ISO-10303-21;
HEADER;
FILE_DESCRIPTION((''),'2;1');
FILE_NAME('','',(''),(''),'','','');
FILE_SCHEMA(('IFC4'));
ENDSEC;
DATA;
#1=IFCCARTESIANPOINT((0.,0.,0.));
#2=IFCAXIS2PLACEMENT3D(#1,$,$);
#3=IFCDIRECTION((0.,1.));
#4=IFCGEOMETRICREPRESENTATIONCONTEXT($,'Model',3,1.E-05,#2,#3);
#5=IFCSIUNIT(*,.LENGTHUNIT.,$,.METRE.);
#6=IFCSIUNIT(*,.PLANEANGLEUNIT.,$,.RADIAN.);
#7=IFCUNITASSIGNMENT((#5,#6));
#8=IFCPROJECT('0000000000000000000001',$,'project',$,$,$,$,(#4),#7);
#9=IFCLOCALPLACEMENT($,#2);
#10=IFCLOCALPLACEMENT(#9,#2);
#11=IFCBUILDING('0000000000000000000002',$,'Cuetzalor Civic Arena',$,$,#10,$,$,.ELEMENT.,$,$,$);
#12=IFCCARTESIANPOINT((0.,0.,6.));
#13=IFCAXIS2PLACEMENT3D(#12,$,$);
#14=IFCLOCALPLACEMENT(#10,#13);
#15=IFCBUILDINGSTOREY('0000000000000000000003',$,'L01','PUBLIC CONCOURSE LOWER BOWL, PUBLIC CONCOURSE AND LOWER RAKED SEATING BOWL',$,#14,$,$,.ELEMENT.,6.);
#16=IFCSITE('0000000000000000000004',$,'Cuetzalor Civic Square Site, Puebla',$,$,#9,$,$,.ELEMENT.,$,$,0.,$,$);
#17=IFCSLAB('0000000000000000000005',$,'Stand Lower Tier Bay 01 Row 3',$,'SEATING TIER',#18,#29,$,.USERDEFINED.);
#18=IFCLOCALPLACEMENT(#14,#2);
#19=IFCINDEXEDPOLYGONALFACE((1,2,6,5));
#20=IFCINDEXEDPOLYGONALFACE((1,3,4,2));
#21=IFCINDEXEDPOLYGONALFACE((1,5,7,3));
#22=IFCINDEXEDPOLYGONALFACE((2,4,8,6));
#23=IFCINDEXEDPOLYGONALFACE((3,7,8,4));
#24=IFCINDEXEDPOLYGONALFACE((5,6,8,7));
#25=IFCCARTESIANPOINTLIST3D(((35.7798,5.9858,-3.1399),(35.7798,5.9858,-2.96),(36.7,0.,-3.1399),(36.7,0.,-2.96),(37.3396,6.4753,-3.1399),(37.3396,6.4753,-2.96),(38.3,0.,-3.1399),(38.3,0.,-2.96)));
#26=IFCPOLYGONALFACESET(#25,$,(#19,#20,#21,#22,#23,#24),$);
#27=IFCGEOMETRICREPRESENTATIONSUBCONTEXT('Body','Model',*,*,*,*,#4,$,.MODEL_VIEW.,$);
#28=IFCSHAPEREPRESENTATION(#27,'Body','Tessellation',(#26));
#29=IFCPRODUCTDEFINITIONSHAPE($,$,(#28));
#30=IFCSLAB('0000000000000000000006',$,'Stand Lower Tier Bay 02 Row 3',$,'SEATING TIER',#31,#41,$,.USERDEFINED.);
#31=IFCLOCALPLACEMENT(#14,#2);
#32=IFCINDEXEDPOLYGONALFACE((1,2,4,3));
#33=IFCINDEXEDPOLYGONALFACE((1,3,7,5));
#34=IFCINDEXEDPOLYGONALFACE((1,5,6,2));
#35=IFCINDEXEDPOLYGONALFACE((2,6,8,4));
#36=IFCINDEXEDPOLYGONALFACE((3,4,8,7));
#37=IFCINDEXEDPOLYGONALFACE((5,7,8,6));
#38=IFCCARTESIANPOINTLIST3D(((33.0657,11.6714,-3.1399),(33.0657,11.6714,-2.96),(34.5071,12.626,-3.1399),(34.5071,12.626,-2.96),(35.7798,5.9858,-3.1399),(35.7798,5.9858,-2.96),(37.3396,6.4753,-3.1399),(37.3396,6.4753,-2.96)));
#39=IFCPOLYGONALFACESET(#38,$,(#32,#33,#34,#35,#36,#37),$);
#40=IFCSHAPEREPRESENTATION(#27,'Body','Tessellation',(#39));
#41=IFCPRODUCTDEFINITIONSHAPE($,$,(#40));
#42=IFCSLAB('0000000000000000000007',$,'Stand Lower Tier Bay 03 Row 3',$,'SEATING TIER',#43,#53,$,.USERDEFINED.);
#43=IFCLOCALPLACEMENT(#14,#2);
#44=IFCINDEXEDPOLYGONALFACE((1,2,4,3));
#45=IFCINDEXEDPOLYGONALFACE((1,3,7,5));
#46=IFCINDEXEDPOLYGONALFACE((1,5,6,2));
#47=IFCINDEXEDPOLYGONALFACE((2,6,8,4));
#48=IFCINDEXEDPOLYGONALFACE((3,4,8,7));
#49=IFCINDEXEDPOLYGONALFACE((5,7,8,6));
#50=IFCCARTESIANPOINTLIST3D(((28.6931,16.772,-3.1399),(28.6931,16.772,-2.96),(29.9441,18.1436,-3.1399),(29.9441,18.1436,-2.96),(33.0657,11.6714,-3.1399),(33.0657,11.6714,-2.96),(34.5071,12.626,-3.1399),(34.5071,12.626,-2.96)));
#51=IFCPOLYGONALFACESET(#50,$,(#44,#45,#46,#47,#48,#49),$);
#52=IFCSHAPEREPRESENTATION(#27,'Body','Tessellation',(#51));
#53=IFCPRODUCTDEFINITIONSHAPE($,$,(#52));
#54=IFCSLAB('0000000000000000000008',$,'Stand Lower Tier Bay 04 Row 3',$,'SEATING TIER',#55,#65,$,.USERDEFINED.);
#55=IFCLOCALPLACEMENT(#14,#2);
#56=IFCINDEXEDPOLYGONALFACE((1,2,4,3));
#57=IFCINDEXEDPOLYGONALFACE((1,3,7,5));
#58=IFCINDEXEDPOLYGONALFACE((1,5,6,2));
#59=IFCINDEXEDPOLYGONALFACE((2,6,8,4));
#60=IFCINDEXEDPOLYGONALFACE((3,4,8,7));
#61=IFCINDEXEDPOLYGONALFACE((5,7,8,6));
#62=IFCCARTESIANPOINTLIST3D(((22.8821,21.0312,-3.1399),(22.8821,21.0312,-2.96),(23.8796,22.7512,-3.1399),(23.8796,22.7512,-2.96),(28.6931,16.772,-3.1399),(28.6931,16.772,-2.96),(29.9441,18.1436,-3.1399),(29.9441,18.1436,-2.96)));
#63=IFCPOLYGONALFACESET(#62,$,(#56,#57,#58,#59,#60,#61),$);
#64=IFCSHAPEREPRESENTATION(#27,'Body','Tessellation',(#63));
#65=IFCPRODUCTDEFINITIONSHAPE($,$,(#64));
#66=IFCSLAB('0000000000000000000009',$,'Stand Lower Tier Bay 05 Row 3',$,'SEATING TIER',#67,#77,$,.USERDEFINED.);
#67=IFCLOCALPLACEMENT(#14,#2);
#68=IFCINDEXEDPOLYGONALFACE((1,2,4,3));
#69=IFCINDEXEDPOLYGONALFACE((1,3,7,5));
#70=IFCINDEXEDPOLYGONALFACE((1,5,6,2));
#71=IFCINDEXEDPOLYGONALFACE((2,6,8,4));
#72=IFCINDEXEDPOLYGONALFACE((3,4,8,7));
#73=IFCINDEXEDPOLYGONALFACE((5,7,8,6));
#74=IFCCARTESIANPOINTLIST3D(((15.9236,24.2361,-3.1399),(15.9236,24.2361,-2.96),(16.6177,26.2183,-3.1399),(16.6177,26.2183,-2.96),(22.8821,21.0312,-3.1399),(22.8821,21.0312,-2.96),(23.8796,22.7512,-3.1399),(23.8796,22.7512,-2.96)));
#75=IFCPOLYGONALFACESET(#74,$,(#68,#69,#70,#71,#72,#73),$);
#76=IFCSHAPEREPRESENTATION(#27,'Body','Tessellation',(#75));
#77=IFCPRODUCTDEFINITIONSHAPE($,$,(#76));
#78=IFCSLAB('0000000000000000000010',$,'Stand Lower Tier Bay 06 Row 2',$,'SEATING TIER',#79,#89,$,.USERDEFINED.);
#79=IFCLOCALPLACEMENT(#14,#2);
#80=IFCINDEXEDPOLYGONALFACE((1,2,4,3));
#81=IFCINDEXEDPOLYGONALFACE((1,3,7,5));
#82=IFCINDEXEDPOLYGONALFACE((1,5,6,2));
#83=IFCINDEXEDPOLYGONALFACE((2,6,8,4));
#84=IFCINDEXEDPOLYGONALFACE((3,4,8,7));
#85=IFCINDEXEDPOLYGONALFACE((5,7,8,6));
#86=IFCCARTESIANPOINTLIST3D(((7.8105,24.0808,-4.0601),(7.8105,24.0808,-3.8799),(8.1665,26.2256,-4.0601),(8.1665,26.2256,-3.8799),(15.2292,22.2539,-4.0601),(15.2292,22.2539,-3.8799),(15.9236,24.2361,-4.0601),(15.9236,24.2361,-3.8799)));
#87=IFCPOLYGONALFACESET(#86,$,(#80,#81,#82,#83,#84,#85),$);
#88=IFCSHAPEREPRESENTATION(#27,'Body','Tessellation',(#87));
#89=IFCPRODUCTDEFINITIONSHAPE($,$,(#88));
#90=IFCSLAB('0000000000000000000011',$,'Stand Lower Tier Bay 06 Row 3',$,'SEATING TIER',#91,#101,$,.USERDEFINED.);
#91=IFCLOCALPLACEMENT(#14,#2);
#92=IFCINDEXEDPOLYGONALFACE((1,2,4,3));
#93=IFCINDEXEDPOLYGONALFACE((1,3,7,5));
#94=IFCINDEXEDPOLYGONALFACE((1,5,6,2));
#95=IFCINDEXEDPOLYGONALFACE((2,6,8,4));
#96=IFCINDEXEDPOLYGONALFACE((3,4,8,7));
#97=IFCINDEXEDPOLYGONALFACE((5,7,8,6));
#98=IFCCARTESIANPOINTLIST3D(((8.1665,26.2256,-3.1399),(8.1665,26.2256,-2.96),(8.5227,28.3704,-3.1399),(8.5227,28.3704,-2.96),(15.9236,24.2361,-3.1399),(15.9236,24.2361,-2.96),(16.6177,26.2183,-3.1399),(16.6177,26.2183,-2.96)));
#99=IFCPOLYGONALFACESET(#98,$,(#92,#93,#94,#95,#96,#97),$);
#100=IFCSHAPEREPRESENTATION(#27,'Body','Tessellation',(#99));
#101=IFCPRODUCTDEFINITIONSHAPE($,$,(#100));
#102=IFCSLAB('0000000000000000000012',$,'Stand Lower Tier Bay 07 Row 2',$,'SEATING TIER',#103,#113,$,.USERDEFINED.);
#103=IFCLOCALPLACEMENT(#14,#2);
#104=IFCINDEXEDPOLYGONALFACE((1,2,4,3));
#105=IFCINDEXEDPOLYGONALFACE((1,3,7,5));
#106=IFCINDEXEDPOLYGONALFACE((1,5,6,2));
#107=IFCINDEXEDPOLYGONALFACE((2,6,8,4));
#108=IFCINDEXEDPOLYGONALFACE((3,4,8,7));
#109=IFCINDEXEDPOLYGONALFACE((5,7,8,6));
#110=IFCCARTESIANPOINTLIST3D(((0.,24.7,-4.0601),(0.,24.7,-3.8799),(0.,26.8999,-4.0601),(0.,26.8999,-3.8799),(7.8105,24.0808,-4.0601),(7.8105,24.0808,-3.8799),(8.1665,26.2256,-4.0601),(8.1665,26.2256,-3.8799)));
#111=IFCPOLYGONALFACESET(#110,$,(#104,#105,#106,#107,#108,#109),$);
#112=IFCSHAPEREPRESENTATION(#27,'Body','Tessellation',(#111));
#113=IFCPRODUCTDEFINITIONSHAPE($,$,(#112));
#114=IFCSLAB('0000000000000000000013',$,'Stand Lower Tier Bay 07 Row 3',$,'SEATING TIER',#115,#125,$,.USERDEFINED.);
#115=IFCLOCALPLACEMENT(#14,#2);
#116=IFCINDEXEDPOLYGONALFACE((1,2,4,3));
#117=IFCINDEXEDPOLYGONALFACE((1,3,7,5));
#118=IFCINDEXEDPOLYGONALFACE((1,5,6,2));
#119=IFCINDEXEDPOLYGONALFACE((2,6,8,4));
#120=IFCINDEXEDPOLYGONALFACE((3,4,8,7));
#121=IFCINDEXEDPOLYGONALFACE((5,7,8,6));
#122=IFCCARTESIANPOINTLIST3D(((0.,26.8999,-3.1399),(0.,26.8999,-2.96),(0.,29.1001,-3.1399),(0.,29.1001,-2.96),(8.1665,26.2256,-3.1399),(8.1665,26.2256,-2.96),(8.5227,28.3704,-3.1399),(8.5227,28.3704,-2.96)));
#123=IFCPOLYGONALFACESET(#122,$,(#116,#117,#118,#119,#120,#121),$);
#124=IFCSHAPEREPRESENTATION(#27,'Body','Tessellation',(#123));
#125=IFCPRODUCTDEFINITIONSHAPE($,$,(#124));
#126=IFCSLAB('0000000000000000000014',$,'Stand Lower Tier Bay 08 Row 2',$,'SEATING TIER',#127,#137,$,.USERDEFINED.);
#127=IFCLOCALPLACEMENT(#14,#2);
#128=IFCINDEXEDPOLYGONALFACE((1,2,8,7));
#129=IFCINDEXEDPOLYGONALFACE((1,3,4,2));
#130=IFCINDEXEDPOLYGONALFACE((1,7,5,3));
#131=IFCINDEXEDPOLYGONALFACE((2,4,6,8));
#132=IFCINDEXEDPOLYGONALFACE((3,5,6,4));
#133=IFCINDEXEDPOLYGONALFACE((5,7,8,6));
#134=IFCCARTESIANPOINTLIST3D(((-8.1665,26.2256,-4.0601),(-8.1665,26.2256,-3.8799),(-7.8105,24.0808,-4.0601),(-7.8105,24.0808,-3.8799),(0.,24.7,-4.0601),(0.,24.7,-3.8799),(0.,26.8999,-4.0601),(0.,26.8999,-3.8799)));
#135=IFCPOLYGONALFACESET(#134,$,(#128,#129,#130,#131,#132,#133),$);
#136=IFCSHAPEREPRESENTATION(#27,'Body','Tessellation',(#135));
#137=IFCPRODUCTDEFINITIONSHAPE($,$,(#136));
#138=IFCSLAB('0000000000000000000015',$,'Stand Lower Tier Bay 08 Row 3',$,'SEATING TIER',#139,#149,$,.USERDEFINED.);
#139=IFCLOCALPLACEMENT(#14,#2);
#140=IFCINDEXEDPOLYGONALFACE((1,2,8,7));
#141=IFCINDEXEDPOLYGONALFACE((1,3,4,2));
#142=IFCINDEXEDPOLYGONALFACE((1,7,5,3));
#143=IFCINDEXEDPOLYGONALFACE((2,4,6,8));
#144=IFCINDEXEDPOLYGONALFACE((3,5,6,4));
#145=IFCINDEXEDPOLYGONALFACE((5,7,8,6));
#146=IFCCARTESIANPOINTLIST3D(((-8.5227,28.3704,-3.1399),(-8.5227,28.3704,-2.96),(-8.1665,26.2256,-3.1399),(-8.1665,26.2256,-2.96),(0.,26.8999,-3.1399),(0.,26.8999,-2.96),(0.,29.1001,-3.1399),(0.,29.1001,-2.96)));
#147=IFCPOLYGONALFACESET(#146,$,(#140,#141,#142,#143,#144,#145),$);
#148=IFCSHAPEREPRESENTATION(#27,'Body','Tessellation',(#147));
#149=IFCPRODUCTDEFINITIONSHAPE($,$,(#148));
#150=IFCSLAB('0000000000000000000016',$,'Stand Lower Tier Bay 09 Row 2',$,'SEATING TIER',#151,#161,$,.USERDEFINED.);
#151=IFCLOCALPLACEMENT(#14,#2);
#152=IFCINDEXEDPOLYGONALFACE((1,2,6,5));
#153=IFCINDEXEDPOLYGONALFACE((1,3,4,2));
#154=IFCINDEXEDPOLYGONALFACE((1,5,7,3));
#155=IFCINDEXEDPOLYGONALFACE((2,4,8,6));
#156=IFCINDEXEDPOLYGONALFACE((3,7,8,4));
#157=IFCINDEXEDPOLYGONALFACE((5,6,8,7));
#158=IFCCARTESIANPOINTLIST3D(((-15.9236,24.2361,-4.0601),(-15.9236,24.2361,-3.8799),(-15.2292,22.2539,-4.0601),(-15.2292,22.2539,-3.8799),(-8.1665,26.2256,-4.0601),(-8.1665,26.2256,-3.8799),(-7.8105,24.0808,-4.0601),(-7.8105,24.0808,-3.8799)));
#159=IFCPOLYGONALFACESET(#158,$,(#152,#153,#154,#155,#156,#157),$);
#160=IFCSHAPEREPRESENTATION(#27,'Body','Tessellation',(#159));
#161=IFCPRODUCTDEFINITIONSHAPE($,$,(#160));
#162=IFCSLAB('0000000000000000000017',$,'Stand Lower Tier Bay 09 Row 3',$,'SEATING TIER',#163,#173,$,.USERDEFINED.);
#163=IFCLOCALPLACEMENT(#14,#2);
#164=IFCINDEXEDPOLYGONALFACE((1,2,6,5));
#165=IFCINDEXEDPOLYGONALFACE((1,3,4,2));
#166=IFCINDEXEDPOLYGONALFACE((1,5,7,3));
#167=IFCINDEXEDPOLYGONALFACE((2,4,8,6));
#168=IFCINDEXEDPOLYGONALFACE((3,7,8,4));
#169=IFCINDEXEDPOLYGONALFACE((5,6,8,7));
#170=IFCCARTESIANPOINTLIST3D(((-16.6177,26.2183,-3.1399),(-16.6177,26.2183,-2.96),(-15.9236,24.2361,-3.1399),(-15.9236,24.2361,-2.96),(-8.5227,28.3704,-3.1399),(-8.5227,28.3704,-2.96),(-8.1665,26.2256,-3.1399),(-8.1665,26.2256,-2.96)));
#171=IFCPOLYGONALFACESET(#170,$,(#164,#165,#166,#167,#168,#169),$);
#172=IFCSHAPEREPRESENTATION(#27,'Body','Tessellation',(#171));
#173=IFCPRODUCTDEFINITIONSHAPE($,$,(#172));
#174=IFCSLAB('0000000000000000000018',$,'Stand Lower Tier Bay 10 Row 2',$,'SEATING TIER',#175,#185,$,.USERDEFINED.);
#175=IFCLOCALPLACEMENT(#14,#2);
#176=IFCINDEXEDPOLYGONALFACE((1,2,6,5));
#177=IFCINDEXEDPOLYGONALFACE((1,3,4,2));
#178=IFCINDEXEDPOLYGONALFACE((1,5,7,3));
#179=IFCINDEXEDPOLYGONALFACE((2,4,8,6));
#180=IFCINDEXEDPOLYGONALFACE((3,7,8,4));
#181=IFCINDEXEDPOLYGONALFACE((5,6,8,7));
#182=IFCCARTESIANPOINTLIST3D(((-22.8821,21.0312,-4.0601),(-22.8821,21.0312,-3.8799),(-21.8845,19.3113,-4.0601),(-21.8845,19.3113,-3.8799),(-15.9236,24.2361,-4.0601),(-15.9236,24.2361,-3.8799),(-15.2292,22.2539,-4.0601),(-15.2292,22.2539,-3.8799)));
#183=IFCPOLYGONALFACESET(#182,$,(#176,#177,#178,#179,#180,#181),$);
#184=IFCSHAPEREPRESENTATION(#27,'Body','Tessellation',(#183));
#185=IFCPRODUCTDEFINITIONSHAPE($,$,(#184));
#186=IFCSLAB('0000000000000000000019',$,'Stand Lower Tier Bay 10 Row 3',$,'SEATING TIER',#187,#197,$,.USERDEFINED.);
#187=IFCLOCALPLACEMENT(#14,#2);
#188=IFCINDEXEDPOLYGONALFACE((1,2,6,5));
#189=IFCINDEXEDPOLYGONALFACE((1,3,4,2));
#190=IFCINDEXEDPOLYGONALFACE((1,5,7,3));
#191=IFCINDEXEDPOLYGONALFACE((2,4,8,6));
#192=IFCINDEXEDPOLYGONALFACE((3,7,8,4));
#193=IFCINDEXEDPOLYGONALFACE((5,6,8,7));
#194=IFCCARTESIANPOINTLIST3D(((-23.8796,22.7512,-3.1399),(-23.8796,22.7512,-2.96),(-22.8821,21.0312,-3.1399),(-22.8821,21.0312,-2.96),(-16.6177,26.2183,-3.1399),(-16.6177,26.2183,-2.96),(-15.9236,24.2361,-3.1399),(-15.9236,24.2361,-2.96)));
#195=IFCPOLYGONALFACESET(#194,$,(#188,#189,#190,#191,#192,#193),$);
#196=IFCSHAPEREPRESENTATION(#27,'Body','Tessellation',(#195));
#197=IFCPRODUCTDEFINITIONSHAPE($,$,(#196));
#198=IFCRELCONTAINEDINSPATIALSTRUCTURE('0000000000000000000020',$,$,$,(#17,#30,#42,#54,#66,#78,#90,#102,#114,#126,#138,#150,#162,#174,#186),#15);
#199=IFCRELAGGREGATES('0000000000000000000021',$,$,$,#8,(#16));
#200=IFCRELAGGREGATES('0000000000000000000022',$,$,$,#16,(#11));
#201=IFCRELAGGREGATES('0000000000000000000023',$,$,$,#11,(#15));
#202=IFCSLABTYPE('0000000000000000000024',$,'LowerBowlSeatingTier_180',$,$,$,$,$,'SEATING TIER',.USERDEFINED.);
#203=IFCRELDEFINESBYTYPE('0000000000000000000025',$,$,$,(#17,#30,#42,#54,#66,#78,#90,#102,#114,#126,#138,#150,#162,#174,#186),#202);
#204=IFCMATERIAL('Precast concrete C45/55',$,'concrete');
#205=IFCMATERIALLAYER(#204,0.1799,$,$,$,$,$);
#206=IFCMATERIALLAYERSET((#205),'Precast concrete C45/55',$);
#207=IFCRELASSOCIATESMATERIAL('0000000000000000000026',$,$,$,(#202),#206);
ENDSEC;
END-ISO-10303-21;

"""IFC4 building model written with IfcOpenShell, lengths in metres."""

from ifc_helpers import new_model, si_unit, direction, frame, origin, place, context, subcontext, project, spatial, polyline, outline, extrude, material, layer, layer_set, type_object, element, save


model = new_model("IFC4")

# Units and contexts
model_context = context("Model", 3, precision=1e-05, world=origin(), true_north=direction((0.0, 1.0)))
body_context = subcontext(model_context, "Body", "Model", "MODEL_VIEW")
ifc_project = project(units=[si_unit("LENGTHUNIT", "METRE"), si_unit("PLANEANGLEUNIT", "RADIAN")], contexts=[model_context])

# Site, building, storey
site_placement = place(None, origin())
site = spatial("IfcSite", under=ifc_project, at=site_placement, Name="Cuetzalor Civic Square Site, Puebla", CompositionType="ELEMENT", RefElevation=0.0)
building_placement = place(site_placement, origin())
building = spatial("IfcBuilding", under=site, at=building_placement, Name="Cuetzalor Civic Arena", CompositionType="ELEMENT")
storey_placement = place(building_placement, frame((0.0, 0.0, 6.0)))
storey = spatial("IfcBuildingStorey", under=building, at=storey_placement, Name="L01", Description="PUBLIC CONCOURSE LOWER BOWL, PUBLIC CONCOURSE AND LOWER RAKED SEATING BOWL", CompositionType="ELEMENT", Elevation=6.0)

# Slabs
ifc_material = material(Name="Precast concrete C45/55", Category="concrete")
ifc_layer = layer(ifc_material, 0.1799)
ifc_layer_set = layer_set([ifc_layer], Name="Precast concrete C45/55")
slab_type = type_object("IfcSlabType", Name="LowerBowlSeatingTier_180", ElementType="SEATING TIER", PredefinedType="USERDEFINED", material=ifc_layer_set)
slab_1_placement = place(storey_placement, frame((0.0, 0.0, -3.1399)))
element("IfcSlab", 1, at=slab_1_placement, inside=storey, type_object=slab_type, Name="Stand Lower Tier Bay 01 Row 3", ObjectType="SEATING TIER", PredefinedType="USERDEFINED", context=body_context, shape_type="SweptSolid", body=[
    extrude(outline(polyline([(36.7, 0.0), (35.7798, 5.9858), (37.3396, 6.4753), (38.3, 0.0), (36.7, 0.0)])), origin(), (0.0, 0.0, 1.0), 0.1799),
])
slab_2_placement = place(storey_placement, frame((0.0, 0.0, -3.1399)))
element("IfcSlab", 2, at=slab_2_placement, inside=storey, type_object=slab_type, Name="Stand Lower Tier Bay 02 Row 3", ObjectType="SEATING TIER", PredefinedType="USERDEFINED", context=body_context, shape_type="SweptSolid", body=[
    extrude(outline(polyline([(35.7798, 5.9858), (33.0657, 11.6714), (34.5071, 12.626), (37.3396, 6.4753), (35.7798, 5.9858)])), origin(), (0.0, 0.0, 1.0), 0.1799),
])
slab_3_placement = place(storey_placement, frame((0.0, 0.0, -3.1399)))
element("IfcSlab", 3, at=slab_3_placement, inside=storey, type_object=slab_type, Name="Stand Lower Tier Bay 03 Row 3", ObjectType="SEATING TIER", PredefinedType="USERDEFINED", context=body_context, shape_type="SweptSolid", body=[
    extrude(outline(polyline([(33.0657, 11.6714), (28.6931, 16.772), (29.9441, 18.1436), (34.5071, 12.626), (33.0657, 11.6714)])), origin(), (0.0, 0.0, 1.0), 0.1799),
])
slab_4_placement = place(storey_placement, frame((0.0, 0.0, -3.1399)))
element("IfcSlab", 4, at=slab_4_placement, inside=storey, type_object=slab_type, Name="Stand Lower Tier Bay 04 Row 3", ObjectType="SEATING TIER", PredefinedType="USERDEFINED", context=body_context, shape_type="SweptSolid", body=[
    extrude(outline(polyline([(28.6931, 16.772), (22.8821, 21.0312), (23.8796, 22.7512), (29.9441, 18.1436), (28.6931, 16.772)])), origin(), (0.0, 0.0, 1.0), 0.1799),
])
slab_5_placement = place(storey_placement, frame((0.0, 0.0, -3.1399)))
element("IfcSlab", 5, at=slab_5_placement, inside=storey, type_object=slab_type, Name="Stand Lower Tier Bay 05 Row 3", ObjectType="SEATING TIER", PredefinedType="USERDEFINED", context=body_context, shape_type="SweptSolid", body=[
    extrude(outline(polyline([(22.8821, 21.0312), (15.9236, 24.2361), (16.6177, 26.2183), (23.8796, 22.7512), (22.8821, 21.0312)])), origin(), (0.0, 0.0, 1.0), 0.1799),
])
slab_6_placement = place(storey_placement, frame((0.0, 0.0, -4.0601)))
element("IfcSlab", 6, at=slab_6_placement, inside=storey, type_object=slab_type, Name="Stand Lower Tier Bay 06 Row 2", ObjectType="SEATING TIER", PredefinedType="USERDEFINED", context=body_context, shape_type="SweptSolid", body=[
    extrude(outline(polyline([(15.2292, 22.2539), (7.8105, 24.0808), (8.1665, 26.2256), (15.9236, 24.2361), (15.2292, 22.2539)])), origin(), (0.0, 0.0, 1.0), 0.1802),
])
slab_7_placement = place(storey_placement, frame((0.0, 0.0, -3.1399)))
element("IfcSlab", 7, at=slab_7_placement, inside=storey, type_object=slab_type, Name="Stand Lower Tier Bay 06 Row 3", ObjectType="SEATING TIER", PredefinedType="USERDEFINED", context=body_context, shape_type="SweptSolid", body=[
    extrude(outline(polyline([(15.9236, 24.2361), (8.1665, 26.2256), (8.5227, 28.3704), (16.6177, 26.2183), (15.9236, 24.2361)])), origin(), (0.0, 0.0, 1.0), 0.1799),
])
slab_8_placement = place(storey_placement, frame((0.0, 0.0, -4.0601)))
element("IfcSlab", 8, at=slab_8_placement, inside=storey, type_object=slab_type, Name="Stand Lower Tier Bay 07 Row 2", ObjectType="SEATING TIER", PredefinedType="USERDEFINED", context=body_context, shape_type="SweptSolid", body=[
    extrude(outline(polyline([(7.8105, 24.0808), (0.0, 24.7), (0.0, 26.8999), (8.1665, 26.2256), (7.8105, 24.0808)])), origin(), (0.0, 0.0, 1.0), 0.1802),
])
slab_9_placement = place(storey_placement, frame((0.0, 0.0, -3.1399)))
element("IfcSlab", 9, at=slab_9_placement, inside=storey, type_object=slab_type, Name="Stand Lower Tier Bay 07 Row 3", ObjectType="SEATING TIER", PredefinedType="USERDEFINED", context=body_context, shape_type="SweptSolid", body=[
    extrude(outline(polyline([(8.1665, 26.2256), (0.0, 26.8999), (0.0, 29.1001), (8.5227, 28.3704), (8.1665, 26.2256)])), origin(), (0.0, 0.0, 1.0), 0.1799),
])
slab_10_placement = place(storey_placement, frame((0.0, 0.0, -4.0601)))
element("IfcSlab", 10, at=slab_10_placement, inside=storey, type_object=slab_type, Name="Stand Lower Tier Bay 08 Row 2", ObjectType="SEATING TIER", PredefinedType="USERDEFINED", context=body_context, shape_type="SweptSolid", body=[
    extrude(outline(polyline([(0.0, 24.7), (-7.8105, 24.0808), (-8.1665, 26.2256), (0.0, 26.8999), (0.0, 24.7)])), origin(), (0.0, 0.0, 1.0), 0.1802),
])
slab_11_placement = place(storey_placement, frame((0.0, 0.0, -3.1399)))
element("IfcSlab", 11, at=slab_11_placement, inside=storey, type_object=slab_type, Name="Stand Lower Tier Bay 08 Row 3", ObjectType="SEATING TIER", PredefinedType="USERDEFINED", context=body_context, shape_type="SweptSolid", body=[
    extrude(outline(polyline([(0.0, 26.8999), (-8.1665, 26.2256), (-8.5227, 28.3704), (0.0, 29.1001), (0.0, 26.8999)])), origin(), (0.0, 0.0, 1.0), 0.1799),
])
slab_12_placement = place(storey_placement, frame((0.0, 0.0, -4.0601)))
element("IfcSlab", 12, at=slab_12_placement, inside=storey, type_object=slab_type, Name="Stand Lower Tier Bay 09 Row 2", ObjectType="SEATING TIER", PredefinedType="USERDEFINED", context=body_context, shape_type="SweptSolid", body=[
    extrude(outline(polyline([(-7.8105, 24.0808), (-15.2292, 22.2539), (-15.9236, 24.2361), (-8.1665, 26.2256), (-7.8105, 24.0808)])), origin(), (0.0, 0.0, 1.0), 0.1802),
])
slab_13_placement = place(storey_placement, frame((0.0, 0.0, -3.1399)))
element("IfcSlab", 13, at=slab_13_placement, inside=storey, type_object=slab_type, Name="Stand Lower Tier Bay 09 Row 3", ObjectType="SEATING TIER", PredefinedType="USERDEFINED", context=body_context, shape_type="SweptSolid", body=[
    extrude(outline(polyline([(-8.1665, 26.2256), (-15.9236, 24.2361), (-16.6177, 26.2183), (-8.5227, 28.3704), (-8.1665, 26.2256)])), origin(), (0.0, 0.0, 1.0), 0.1799),
])
slab_14_placement = place(storey_placement, frame((0.0, 0.0, -4.0601)))
element("IfcSlab", 14, at=slab_14_placement, inside=storey, type_object=slab_type, Name="Stand Lower Tier Bay 10 Row 2", ObjectType="SEATING TIER", PredefinedType="USERDEFINED", context=body_context, shape_type="SweptSolid", body=[
    extrude(outline(polyline([(-15.2292, 22.2539), (-21.8845, 19.3113), (-22.8821, 21.0312), (-15.9236, 24.2361), (-15.2292, 22.2539)])), origin(), (0.0, 0.0, 1.0), 0.1802),
])
slab_15_placement = place(storey_placement, frame((0.0, 0.0, -3.1399)))
element("IfcSlab", 15, at=slab_15_placement, inside=storey, type_object=slab_type, Name="Stand Lower Tier Bay 10 Row 3", ObjectType="SEATING TIER", PredefinedType="USERDEFINED", context=body_context, shape_type="SweptSolid", body=[
    extrude(outline(polyline([(-15.9236, 24.2361), (-22.8821, 21.0312), (-23.8796, 22.7512), (-16.6177, 26.2183), (-15.9236, 24.2361)])), origin(), (0.0, 0.0, 1.0), 0.1799),
])

save(model, "model.ifc")
